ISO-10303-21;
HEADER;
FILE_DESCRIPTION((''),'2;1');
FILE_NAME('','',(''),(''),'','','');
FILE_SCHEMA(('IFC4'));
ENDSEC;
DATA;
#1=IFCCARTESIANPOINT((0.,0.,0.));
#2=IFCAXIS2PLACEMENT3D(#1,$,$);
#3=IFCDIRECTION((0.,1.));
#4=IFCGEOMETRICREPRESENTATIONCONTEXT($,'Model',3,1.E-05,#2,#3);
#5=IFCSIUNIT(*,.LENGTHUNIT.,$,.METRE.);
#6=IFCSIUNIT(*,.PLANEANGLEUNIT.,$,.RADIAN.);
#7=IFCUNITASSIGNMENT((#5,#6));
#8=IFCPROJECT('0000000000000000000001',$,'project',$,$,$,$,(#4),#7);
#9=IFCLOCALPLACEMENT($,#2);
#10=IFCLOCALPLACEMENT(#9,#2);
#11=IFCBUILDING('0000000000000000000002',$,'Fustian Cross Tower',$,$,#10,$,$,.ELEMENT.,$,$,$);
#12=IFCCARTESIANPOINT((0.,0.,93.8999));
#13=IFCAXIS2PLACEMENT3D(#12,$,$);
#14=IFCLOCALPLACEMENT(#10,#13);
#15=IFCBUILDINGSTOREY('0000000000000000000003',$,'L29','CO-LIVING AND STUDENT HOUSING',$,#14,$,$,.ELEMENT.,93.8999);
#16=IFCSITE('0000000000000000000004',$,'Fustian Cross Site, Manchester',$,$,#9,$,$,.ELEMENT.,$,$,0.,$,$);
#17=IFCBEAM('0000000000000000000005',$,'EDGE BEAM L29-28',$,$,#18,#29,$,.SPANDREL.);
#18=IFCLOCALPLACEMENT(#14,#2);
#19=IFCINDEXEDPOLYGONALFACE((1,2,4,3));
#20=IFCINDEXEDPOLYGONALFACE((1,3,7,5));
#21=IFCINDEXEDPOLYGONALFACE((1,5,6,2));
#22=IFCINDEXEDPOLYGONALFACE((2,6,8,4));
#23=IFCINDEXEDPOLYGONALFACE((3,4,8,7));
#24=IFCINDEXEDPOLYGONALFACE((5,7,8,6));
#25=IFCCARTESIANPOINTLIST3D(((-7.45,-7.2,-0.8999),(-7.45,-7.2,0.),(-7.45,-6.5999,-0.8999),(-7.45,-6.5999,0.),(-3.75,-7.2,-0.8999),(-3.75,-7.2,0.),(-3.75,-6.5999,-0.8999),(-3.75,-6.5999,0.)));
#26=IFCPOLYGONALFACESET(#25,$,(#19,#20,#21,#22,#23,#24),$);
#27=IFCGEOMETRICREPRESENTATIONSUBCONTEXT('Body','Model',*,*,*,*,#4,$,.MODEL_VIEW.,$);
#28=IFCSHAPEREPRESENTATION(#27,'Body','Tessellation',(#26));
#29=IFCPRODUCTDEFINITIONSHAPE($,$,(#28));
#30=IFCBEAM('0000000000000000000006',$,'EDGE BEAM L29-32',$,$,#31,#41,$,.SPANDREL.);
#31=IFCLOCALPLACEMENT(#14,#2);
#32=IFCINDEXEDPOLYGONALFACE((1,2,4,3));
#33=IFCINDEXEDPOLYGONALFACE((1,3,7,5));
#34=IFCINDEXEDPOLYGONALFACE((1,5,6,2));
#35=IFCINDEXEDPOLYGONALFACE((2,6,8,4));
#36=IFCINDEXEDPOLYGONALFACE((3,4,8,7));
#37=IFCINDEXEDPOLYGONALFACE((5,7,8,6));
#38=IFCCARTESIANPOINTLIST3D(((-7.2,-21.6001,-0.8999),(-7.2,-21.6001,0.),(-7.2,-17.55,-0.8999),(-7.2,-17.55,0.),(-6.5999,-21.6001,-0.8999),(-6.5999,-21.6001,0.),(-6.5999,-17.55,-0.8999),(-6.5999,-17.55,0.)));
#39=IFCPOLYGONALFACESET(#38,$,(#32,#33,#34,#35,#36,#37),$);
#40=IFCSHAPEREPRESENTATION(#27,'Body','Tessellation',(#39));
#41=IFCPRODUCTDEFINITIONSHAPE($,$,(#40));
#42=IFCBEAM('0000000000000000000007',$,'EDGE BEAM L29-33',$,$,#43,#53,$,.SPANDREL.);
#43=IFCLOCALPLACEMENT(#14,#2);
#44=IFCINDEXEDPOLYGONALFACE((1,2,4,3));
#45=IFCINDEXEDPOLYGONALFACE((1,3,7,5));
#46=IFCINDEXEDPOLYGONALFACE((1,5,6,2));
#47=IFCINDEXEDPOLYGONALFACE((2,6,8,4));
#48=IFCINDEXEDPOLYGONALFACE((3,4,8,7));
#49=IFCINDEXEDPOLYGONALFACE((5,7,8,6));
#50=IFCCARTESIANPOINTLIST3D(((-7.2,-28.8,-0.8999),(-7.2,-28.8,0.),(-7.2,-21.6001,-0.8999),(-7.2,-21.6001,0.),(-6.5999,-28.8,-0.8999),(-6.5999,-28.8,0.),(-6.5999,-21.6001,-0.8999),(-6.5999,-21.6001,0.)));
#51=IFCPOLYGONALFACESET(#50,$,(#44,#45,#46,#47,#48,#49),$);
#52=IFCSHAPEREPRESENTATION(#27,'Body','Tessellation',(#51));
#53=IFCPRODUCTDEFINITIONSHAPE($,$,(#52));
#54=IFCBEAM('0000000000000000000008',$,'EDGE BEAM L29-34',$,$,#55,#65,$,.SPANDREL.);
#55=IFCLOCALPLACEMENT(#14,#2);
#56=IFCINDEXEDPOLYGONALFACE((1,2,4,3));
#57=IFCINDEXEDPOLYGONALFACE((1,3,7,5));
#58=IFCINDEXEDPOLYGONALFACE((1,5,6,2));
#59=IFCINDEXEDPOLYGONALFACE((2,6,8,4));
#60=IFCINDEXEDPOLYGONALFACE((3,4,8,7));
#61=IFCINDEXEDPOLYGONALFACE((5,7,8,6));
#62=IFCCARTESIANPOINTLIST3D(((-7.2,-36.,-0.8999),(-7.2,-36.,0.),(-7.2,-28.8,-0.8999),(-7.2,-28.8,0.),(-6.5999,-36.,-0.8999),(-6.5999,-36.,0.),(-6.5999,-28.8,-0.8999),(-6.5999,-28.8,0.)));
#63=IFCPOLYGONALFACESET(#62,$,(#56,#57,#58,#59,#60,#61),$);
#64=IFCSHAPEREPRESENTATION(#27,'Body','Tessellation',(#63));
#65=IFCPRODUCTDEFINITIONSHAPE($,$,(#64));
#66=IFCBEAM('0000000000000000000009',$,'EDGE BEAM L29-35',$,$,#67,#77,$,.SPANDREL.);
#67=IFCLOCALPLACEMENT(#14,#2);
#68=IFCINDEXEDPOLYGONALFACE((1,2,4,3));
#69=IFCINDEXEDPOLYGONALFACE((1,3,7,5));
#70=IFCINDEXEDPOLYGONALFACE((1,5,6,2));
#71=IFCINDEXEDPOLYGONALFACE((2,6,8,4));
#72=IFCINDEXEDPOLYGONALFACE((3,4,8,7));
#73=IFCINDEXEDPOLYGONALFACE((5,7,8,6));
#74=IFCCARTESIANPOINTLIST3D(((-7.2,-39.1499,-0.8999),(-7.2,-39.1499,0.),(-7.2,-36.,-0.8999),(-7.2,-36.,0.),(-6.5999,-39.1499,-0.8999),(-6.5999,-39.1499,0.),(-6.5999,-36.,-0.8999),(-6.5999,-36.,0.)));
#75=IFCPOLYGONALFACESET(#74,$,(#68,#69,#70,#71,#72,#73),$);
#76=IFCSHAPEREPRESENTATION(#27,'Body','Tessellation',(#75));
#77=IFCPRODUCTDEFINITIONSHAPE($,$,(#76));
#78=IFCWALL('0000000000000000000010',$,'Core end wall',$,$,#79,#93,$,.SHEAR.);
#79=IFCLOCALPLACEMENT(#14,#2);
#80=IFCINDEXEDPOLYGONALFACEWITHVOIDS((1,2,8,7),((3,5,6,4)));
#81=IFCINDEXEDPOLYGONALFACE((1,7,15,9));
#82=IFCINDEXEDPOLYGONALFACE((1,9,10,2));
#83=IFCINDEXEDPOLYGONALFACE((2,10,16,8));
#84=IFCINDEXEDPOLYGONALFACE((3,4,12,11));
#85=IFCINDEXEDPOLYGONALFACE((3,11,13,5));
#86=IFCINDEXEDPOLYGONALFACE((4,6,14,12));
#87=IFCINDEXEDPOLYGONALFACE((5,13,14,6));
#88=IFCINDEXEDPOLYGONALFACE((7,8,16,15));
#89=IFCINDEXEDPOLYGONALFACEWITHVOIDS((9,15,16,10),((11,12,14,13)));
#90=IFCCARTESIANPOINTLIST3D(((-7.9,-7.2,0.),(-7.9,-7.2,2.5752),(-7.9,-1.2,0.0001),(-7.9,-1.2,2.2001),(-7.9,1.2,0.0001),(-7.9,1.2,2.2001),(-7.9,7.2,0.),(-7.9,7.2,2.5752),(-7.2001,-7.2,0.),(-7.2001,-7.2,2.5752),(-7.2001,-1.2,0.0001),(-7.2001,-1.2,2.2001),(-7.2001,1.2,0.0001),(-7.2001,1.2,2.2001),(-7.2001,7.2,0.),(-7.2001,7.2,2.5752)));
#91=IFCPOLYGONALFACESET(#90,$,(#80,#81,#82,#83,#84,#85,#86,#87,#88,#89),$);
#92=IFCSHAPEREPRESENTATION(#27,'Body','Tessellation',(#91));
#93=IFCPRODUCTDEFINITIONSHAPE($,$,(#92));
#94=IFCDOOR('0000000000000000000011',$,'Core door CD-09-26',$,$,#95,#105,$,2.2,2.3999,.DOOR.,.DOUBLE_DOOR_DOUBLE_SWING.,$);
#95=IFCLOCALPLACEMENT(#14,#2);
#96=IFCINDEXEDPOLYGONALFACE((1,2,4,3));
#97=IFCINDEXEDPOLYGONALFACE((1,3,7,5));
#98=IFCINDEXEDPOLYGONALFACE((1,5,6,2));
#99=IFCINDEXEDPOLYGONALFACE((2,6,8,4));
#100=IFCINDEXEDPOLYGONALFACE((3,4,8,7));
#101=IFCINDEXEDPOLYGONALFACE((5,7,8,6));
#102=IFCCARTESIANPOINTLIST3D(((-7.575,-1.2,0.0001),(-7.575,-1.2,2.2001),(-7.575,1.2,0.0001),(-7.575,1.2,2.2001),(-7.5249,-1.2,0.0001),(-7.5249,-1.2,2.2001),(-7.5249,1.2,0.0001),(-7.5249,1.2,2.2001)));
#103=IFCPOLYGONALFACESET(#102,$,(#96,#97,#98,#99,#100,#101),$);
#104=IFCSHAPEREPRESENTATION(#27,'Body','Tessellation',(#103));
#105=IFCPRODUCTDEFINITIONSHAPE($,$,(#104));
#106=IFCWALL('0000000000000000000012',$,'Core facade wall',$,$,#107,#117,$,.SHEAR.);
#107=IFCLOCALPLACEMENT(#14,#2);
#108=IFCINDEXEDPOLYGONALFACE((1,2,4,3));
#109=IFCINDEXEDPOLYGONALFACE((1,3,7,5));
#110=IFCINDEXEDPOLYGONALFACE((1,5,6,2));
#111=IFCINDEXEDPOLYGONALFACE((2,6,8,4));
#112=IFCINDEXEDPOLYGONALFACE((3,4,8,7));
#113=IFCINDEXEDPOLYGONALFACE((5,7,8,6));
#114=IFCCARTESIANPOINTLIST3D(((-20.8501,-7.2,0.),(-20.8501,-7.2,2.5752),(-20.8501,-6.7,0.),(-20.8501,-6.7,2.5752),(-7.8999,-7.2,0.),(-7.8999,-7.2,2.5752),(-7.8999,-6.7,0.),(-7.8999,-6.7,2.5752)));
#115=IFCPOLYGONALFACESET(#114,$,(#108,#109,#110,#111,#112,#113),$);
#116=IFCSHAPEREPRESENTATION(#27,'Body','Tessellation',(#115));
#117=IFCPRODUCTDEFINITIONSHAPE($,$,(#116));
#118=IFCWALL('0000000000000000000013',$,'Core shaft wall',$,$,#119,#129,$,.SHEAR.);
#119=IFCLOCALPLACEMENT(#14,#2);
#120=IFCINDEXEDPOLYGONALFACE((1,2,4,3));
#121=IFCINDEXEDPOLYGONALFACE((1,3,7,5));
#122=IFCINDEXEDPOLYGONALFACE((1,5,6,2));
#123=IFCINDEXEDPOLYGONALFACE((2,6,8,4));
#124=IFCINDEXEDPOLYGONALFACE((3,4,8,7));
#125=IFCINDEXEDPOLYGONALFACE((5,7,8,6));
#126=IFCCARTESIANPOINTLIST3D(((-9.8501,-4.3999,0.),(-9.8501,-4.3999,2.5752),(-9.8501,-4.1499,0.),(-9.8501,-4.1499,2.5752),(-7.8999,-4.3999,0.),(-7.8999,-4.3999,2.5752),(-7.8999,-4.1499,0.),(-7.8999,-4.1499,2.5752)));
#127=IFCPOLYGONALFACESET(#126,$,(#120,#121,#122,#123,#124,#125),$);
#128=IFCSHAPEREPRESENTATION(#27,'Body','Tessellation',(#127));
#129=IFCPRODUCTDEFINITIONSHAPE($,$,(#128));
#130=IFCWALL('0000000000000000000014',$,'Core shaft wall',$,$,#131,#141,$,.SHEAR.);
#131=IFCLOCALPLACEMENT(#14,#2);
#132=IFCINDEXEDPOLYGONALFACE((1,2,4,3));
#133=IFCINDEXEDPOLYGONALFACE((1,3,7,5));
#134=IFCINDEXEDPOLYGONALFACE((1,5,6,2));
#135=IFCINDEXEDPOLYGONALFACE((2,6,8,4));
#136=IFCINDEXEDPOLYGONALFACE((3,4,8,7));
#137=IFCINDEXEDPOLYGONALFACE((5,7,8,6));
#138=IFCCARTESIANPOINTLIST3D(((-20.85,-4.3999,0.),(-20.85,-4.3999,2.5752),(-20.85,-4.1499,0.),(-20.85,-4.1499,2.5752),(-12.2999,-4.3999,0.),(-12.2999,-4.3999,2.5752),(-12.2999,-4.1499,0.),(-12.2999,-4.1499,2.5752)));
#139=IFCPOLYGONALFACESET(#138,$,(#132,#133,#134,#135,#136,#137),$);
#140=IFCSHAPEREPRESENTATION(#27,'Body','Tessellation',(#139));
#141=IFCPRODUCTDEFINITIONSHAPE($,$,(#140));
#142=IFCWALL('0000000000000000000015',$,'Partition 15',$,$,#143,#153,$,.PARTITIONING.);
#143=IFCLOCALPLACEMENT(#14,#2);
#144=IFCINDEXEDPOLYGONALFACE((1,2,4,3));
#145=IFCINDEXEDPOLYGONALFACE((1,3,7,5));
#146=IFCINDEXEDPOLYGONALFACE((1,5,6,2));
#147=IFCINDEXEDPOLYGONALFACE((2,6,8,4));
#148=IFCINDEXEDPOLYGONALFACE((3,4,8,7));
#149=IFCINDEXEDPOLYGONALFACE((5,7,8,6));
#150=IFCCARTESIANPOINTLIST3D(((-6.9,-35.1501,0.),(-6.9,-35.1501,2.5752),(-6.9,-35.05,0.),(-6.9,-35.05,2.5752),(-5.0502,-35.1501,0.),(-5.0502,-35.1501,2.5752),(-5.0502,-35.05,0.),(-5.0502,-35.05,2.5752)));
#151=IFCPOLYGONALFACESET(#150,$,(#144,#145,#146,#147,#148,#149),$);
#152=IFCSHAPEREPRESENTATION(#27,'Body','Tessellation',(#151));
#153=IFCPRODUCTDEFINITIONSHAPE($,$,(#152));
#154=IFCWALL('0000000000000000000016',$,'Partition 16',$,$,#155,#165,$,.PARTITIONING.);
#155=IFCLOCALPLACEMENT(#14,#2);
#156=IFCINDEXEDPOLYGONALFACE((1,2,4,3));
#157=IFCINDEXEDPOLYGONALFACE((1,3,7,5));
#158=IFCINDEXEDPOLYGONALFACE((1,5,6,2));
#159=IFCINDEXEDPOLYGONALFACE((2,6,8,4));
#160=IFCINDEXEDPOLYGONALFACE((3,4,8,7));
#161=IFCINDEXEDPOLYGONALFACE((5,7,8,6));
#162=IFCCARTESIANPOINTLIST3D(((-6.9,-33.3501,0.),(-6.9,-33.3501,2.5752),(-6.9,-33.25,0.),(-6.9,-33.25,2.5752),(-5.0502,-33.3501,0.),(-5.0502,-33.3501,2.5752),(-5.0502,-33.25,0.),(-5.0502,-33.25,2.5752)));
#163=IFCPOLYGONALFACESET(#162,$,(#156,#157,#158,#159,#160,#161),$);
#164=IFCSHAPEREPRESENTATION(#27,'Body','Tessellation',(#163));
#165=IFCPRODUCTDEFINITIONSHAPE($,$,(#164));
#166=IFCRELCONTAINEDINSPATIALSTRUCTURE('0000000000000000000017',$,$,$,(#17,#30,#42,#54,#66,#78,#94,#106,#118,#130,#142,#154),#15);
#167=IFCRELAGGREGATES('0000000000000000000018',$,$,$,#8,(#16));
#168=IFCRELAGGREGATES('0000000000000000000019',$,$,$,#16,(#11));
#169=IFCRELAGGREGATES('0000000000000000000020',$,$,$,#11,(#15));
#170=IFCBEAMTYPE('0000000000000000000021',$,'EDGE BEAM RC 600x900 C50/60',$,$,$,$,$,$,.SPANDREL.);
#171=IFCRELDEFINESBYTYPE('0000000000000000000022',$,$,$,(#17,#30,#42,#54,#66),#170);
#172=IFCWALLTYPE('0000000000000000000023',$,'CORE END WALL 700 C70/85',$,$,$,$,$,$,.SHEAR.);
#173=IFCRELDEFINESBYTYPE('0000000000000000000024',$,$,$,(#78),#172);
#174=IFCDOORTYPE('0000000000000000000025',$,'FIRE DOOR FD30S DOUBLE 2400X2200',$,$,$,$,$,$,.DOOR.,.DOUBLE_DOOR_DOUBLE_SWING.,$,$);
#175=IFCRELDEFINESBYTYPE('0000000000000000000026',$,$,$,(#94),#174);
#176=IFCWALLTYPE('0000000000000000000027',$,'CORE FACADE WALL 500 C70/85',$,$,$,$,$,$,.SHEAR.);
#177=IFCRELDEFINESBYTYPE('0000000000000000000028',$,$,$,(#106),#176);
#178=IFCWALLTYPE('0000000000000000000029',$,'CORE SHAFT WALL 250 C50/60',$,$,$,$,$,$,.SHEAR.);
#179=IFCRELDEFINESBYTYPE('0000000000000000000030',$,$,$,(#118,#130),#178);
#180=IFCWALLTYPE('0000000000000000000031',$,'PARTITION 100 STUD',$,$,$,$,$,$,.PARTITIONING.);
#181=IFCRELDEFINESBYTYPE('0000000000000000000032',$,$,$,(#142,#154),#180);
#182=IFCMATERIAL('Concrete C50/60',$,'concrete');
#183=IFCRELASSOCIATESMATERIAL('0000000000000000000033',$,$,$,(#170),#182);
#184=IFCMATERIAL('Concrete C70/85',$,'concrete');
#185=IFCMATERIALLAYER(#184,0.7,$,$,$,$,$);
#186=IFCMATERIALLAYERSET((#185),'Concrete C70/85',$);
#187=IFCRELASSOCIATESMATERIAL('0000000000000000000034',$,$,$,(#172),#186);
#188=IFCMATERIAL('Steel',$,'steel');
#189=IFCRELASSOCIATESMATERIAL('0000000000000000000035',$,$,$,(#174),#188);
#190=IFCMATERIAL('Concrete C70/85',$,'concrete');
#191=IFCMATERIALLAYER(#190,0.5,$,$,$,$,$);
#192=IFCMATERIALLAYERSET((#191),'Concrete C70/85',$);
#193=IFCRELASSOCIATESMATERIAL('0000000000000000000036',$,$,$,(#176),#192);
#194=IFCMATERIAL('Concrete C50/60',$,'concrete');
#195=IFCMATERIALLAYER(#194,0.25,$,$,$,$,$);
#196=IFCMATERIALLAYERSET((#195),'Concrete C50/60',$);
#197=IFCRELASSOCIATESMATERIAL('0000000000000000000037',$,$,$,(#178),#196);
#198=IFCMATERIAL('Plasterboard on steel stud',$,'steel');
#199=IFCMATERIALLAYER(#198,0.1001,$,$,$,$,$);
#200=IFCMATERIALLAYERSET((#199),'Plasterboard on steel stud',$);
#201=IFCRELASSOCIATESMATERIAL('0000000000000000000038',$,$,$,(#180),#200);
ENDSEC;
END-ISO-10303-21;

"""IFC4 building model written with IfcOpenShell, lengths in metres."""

from ifc_helpers import new_model, si_unit, direction, frame, frame_2d, origin, origin_2d, place, context, subcontext, project, spatial, rectangle, extrude, material, layer, layer_set, material_profile, profile_set, type_object, element, fill, save


model = new_model("IFC4")

# Units and contexts
model_context = context("Model", 3, precision=1e-05, world=origin(), true_north=direction((0.0, 1.0)))
body_context = subcontext(model_context, "Body", "Model", "MODEL_VIEW")
ifc_project = project(units=[si_unit("LENGTHUNIT", "METRE"), si_unit("PLANEANGLEUNIT", "RADIAN")], contexts=[model_context])

# Site, building, storey
site_placement = place(None, origin())
site = spatial("IfcSite", under=ifc_project, at=site_placement, Name="Fustian Cross Site, Manchester", CompositionType="ELEMENT", RefElevation=0.0)
building_placement = place(site_placement, origin())
building = spatial("IfcBuilding", under=site, at=building_placement, Name="Fustian Cross Tower", CompositionType="ELEMENT")
storey_placement = place(building_placement, frame((0.0, 0.0, 93.8999)))
storey = spatial("IfcBuildingStorey", under=building, at=storey_placement, Name="L29", Description="CO-LIVING AND STUDENT HOUSING", CompositionType="ELEMENT", Elevation=93.8999)

# Beams
ifc_material_1 = material(Name="Concrete C50/60", Category="concrete")
ifc_material_profile = material_profile(ifc_material_1, rectangle(XDim=0.6001, YDim=0.8999, at=origin_2d()), Name="RC 600x900")
ifc_profile_set = profile_set([ifc_material_profile], Name="Concrete C50/60")
beam_type = type_object("IfcBeamType", Name="EDGE BEAM RC 600x900 C50/60", PredefinedType="SPANDREL", material=ifc_profile_set)
beam_1_placement = place(storey_placement, frame((-7.45, -6.8999, -0.45), z_axis=(1.0, 0.0, 0.0), x_axis=(0.0, 1.0, 0.0)))
element("IfcBeam", 1, at=beam_1_placement, inside=storey, type_object=beam_type, Name="EDGE BEAM L29-28", PredefinedType="SPANDREL", context=body_context, shape_type="SweptSolid", body=[
    extrude(rectangle(XDim=0.6001, YDim=0.8999, at=origin_2d()), origin(), (0.0, 0.0, 1.0), 3.7),
])
beam_2_placement = place(storey_placement, frame((-6.8999, -17.55, -0.45), z_axis=(0.0, -1.0, 0.0), x_axis=(1.0, 0.0, 0.0)))
element("IfcBeam", 2, at=beam_2_placement, inside=storey, type_object=beam_type, Name="EDGE BEAM L29-32", PredefinedType="SPANDREL", context=body_context, shape_type="SweptSolid", body=[
    extrude(rectangle(XDim=0.6001, YDim=0.8999, at=origin_2d()), origin(), (0.0, 0.0, 1.0), 4.05),
])
for number, where, z_axis, x_axis, name in (
    (3, (-6.8999, -21.6001, -0.45), (0.0, -1.0, 0.0), (1.0, 0.0, 0.0), "EDGE BEAM L29-33"),
    (4, (-6.8999, -28.8, -0.45), (0.0, -1.0, 0.0), (1.0, 0.0, 0.0), "EDGE BEAM L29-34"),
):
    element("IfcBeam", number, at=place(storey_placement, frame(where, z_axis=z_axis, x_axis=x_axis)), inside=storey, type_object=beam_type, Name=name, PredefinedType="SPANDREL", context=body_context, shape_type="SweptSolid", body=[
        extrude(rectangle(XDim=0.6001, YDim=0.8999, at=origin_2d()), origin(), (0.0, 0.0, 1.0), 7.2),
    ])
beam_3_placement = place(storey_placement, frame((-6.8999, -36.0, -0.45), z_axis=(0.0, -1.0, 0.0), x_axis=(1.0, 0.0, 0.0)))
element("IfcBeam", 5, at=beam_3_placement, inside=storey, type_object=beam_type, Name="EDGE BEAM L29-35", PredefinedType="SPANDREL", context=body_context, shape_type="SweptSolid", body=[
    extrude(rectangle(XDim=0.6001, YDim=0.8999, at=origin_2d()), origin(), (0.0, 0.0, 1.0), 3.1499),
])

# Wall, opening, door
ifc_material_2 = material(Name="Concrete C70/85", Category="concrete")
ifc_layer_1 = layer(ifc_material_2, 0.7)
ifc_layer_set_1 = layer_set([ifc_layer_1], Name="Concrete C70/85")
wall_type_1 = type_object("IfcWallType", Name="CORE END WALL 700 C70/85", PredefinedType="SHEAR", material=ifc_layer_set_1)
wall_1_placement = place(storey_placement, frame((-7.55, -7.2, 0.0), z_axis=(0.0, 0.0, 1.0), x_axis=(0.0, 1.0, 0.0)))
wall_1 = element("IfcWall", 6, at=wall_1_placement, inside=storey, type_object=wall_type_1, Name="Core end wall", PredefinedType="SHEAR", context=body_context, shape_type="SweptSolid", body=[
    extrude(rectangle(XDim=14.3999, YDim=0.7, at=frame_2d((7.2, 0.0))), origin(), (0.0, 0.0, 1.0), 2.5752),
])
opening_1_placement = place(wall_1_placement, frame((6.0, 0.0, 0.0)))
opening_1 = element("IfcOpeningElement", 7, at=opening_1_placement, cuts=wall_1, PredefinedType="OPENING", context=body_context, shape_type="SweptSolid", body=[
    extrude(rectangle(XDim=2.3999, YDim=2.2, at=frame_2d((1.2, 1.1001))), frame((0.0, 0.3599, 0.0), z_axis=(0.0, -1.0, 0.0), x_axis=(1.0, 0.0, 0.0)), (0.0, 0.0, 1.0), 0.72),
])
ifc_material_3 = material(Name="Steel", Category="steel")
door_type_1 = type_object("IfcDoorType", Name="FIRE DOOR FD30S DOUBLE 2400X2200", OperationType="DOUBLE_DOOR_DOUBLE_SWING", PredefinedType="DOOR", material=ifc_material_3)
door_1_placement = place(opening_1_placement, origin())
door_1 = element("IfcDoor", 8, at=door_1_placement, inside=storey, type_object=door_type_1, Name="Core door CD-09-26", OperationType="DOUBLE_DOOR_DOUBLE_SWING", OverallHeight=2.2, OverallWidth=2.3999, PredefinedType="DOOR", context=body_context, shape_type="SweptSolid", body=[
    extrude(rectangle(XDim=2.3999, YDim=2.2, at=frame_2d((1.2, 1.1001))), frame((0.0, 0.0249, 0.0), z_axis=(0.0, -1.0, 0.0), x_axis=(1.0, 0.0, 0.0)), (0.0, 0.0, 1.0), 0.05),
])
fill(opening_1, door_1)

# Walls
ifc_material_4 = material(Name="Concrete C70/85", Category="concrete")
ifc_layer_2 = layer(ifc_material_4, 0.5)
ifc_layer_set_2 = layer_set([ifc_layer_2], Name="Concrete C70/85")
wall_type_2 = type_object("IfcWallType", Name="CORE FACADE WALL 500 C70/85", PredefinedType="SHEAR", material=ifc_layer_set_2)
wall_2_placement = place(storey_placement, frame((-7.8999, -6.95, 0.0), z_axis=(0.0, 0.0, 1.0), x_axis=(-1.0, 0.0, 0.0)))
element("IfcWall", 9, at=wall_2_placement, inside=storey, type_object=wall_type_2, Name="Core facade wall", PredefinedType="SHEAR", context=body_context, shape_type="SweptSolid", body=[
    extrude(rectangle(XDim=12.9502, YDim=0.5, at=frame_2d((6.4751, 0.0))), origin(), (0.0, 0.0, 1.0), 2.5752),
])
ifc_material_5 = material(Name="Concrete C50/60", Category="concrete")
ifc_layer_3 = layer(ifc_material_5, 0.25)
ifc_layer_set_3 = layer_set([ifc_layer_3], Name="Concrete C50/60")
wall_type_3 = type_object("IfcWallType", Name="CORE SHAFT WALL 250 C50/60", PredefinedType="SHEAR", material=ifc_layer_set_3)
wall_3_placement = place(storey_placement, frame((-7.8999, -4.2749, 0.0), z_axis=(0.0, 0.0, 1.0), x_axis=(-1.0, 0.0, 0.0)))
element("IfcWall", 10, at=wall_3_placement, inside=storey, type_object=wall_type_3, Name="Core shaft wall", PredefinedType="SHEAR", context=body_context, shape_type="SweptSolid", body=[
    extrude(rectangle(XDim=1.9502, YDim=0.25, at=frame_2d((0.9751, 0.0))), origin(), (0.0, 0.0, 1.0), 2.5752),
])
wall_4_placement = place(storey_placement, frame((-12.3, -4.2749, 0.0), z_axis=(0.0, 0.0, 1.0), x_axis=(-1.0, 0.0, 0.0)))
element("IfcWall", 11, at=wall_4_placement, inside=storey, type_object=wall_type_3, Name="Core shaft wall", PredefinedType="SHEAR", context=body_context, shape_type="SweptSolid", body=[
    extrude(rectangle(XDim=8.55, YDim=0.25, at=frame_2d((4.2749, 0.0))), origin(), (0.0, 0.0, 1.0), 2.5752),
])
ifc_material_6 = material(Name="Plasterboard on steel stud", Category="steel")
ifc_layer_4 = layer(ifc_material_6, 0.1001)
ifc_layer_set_4 = layer_set([ifc_layer_4], Name="Plasterboard on steel stud")
wall_type_4 = type_object("IfcWallType", Name="PARTITION 100 STUD", PredefinedType="PARTITIONING", material=ifc_layer_set_4)
for number, where, z_axis, x_axis, name in (
    (12, (-6.8999, -35.1001, 0.0), (0.0, 0.0, 1.0), (1.0, 0.0, 0.0), "Partition 15"),
    (13, (-6.8999, -33.3, 0.0), (0.0, 0.0, 1.0), (1.0, 0.0, 0.0), "Partition 16"),
):
    element("IfcWall", number, at=place(storey_placement, frame(where, z_axis=z_axis, x_axis=x_axis)), inside=storey, type_object=wall_type_4, Name=name, PredefinedType="PARTITIONING", context=body_context, shape_type="SweptSolid", body=[
        extrude(rectangle(XDim=1.8499, YDim=0.1001, at=frame_2d((0.9248, 0.0))), origin(), (0.0, 0.0, 1.0), 2.5752),
    ])

save(model, "model.ifc")
